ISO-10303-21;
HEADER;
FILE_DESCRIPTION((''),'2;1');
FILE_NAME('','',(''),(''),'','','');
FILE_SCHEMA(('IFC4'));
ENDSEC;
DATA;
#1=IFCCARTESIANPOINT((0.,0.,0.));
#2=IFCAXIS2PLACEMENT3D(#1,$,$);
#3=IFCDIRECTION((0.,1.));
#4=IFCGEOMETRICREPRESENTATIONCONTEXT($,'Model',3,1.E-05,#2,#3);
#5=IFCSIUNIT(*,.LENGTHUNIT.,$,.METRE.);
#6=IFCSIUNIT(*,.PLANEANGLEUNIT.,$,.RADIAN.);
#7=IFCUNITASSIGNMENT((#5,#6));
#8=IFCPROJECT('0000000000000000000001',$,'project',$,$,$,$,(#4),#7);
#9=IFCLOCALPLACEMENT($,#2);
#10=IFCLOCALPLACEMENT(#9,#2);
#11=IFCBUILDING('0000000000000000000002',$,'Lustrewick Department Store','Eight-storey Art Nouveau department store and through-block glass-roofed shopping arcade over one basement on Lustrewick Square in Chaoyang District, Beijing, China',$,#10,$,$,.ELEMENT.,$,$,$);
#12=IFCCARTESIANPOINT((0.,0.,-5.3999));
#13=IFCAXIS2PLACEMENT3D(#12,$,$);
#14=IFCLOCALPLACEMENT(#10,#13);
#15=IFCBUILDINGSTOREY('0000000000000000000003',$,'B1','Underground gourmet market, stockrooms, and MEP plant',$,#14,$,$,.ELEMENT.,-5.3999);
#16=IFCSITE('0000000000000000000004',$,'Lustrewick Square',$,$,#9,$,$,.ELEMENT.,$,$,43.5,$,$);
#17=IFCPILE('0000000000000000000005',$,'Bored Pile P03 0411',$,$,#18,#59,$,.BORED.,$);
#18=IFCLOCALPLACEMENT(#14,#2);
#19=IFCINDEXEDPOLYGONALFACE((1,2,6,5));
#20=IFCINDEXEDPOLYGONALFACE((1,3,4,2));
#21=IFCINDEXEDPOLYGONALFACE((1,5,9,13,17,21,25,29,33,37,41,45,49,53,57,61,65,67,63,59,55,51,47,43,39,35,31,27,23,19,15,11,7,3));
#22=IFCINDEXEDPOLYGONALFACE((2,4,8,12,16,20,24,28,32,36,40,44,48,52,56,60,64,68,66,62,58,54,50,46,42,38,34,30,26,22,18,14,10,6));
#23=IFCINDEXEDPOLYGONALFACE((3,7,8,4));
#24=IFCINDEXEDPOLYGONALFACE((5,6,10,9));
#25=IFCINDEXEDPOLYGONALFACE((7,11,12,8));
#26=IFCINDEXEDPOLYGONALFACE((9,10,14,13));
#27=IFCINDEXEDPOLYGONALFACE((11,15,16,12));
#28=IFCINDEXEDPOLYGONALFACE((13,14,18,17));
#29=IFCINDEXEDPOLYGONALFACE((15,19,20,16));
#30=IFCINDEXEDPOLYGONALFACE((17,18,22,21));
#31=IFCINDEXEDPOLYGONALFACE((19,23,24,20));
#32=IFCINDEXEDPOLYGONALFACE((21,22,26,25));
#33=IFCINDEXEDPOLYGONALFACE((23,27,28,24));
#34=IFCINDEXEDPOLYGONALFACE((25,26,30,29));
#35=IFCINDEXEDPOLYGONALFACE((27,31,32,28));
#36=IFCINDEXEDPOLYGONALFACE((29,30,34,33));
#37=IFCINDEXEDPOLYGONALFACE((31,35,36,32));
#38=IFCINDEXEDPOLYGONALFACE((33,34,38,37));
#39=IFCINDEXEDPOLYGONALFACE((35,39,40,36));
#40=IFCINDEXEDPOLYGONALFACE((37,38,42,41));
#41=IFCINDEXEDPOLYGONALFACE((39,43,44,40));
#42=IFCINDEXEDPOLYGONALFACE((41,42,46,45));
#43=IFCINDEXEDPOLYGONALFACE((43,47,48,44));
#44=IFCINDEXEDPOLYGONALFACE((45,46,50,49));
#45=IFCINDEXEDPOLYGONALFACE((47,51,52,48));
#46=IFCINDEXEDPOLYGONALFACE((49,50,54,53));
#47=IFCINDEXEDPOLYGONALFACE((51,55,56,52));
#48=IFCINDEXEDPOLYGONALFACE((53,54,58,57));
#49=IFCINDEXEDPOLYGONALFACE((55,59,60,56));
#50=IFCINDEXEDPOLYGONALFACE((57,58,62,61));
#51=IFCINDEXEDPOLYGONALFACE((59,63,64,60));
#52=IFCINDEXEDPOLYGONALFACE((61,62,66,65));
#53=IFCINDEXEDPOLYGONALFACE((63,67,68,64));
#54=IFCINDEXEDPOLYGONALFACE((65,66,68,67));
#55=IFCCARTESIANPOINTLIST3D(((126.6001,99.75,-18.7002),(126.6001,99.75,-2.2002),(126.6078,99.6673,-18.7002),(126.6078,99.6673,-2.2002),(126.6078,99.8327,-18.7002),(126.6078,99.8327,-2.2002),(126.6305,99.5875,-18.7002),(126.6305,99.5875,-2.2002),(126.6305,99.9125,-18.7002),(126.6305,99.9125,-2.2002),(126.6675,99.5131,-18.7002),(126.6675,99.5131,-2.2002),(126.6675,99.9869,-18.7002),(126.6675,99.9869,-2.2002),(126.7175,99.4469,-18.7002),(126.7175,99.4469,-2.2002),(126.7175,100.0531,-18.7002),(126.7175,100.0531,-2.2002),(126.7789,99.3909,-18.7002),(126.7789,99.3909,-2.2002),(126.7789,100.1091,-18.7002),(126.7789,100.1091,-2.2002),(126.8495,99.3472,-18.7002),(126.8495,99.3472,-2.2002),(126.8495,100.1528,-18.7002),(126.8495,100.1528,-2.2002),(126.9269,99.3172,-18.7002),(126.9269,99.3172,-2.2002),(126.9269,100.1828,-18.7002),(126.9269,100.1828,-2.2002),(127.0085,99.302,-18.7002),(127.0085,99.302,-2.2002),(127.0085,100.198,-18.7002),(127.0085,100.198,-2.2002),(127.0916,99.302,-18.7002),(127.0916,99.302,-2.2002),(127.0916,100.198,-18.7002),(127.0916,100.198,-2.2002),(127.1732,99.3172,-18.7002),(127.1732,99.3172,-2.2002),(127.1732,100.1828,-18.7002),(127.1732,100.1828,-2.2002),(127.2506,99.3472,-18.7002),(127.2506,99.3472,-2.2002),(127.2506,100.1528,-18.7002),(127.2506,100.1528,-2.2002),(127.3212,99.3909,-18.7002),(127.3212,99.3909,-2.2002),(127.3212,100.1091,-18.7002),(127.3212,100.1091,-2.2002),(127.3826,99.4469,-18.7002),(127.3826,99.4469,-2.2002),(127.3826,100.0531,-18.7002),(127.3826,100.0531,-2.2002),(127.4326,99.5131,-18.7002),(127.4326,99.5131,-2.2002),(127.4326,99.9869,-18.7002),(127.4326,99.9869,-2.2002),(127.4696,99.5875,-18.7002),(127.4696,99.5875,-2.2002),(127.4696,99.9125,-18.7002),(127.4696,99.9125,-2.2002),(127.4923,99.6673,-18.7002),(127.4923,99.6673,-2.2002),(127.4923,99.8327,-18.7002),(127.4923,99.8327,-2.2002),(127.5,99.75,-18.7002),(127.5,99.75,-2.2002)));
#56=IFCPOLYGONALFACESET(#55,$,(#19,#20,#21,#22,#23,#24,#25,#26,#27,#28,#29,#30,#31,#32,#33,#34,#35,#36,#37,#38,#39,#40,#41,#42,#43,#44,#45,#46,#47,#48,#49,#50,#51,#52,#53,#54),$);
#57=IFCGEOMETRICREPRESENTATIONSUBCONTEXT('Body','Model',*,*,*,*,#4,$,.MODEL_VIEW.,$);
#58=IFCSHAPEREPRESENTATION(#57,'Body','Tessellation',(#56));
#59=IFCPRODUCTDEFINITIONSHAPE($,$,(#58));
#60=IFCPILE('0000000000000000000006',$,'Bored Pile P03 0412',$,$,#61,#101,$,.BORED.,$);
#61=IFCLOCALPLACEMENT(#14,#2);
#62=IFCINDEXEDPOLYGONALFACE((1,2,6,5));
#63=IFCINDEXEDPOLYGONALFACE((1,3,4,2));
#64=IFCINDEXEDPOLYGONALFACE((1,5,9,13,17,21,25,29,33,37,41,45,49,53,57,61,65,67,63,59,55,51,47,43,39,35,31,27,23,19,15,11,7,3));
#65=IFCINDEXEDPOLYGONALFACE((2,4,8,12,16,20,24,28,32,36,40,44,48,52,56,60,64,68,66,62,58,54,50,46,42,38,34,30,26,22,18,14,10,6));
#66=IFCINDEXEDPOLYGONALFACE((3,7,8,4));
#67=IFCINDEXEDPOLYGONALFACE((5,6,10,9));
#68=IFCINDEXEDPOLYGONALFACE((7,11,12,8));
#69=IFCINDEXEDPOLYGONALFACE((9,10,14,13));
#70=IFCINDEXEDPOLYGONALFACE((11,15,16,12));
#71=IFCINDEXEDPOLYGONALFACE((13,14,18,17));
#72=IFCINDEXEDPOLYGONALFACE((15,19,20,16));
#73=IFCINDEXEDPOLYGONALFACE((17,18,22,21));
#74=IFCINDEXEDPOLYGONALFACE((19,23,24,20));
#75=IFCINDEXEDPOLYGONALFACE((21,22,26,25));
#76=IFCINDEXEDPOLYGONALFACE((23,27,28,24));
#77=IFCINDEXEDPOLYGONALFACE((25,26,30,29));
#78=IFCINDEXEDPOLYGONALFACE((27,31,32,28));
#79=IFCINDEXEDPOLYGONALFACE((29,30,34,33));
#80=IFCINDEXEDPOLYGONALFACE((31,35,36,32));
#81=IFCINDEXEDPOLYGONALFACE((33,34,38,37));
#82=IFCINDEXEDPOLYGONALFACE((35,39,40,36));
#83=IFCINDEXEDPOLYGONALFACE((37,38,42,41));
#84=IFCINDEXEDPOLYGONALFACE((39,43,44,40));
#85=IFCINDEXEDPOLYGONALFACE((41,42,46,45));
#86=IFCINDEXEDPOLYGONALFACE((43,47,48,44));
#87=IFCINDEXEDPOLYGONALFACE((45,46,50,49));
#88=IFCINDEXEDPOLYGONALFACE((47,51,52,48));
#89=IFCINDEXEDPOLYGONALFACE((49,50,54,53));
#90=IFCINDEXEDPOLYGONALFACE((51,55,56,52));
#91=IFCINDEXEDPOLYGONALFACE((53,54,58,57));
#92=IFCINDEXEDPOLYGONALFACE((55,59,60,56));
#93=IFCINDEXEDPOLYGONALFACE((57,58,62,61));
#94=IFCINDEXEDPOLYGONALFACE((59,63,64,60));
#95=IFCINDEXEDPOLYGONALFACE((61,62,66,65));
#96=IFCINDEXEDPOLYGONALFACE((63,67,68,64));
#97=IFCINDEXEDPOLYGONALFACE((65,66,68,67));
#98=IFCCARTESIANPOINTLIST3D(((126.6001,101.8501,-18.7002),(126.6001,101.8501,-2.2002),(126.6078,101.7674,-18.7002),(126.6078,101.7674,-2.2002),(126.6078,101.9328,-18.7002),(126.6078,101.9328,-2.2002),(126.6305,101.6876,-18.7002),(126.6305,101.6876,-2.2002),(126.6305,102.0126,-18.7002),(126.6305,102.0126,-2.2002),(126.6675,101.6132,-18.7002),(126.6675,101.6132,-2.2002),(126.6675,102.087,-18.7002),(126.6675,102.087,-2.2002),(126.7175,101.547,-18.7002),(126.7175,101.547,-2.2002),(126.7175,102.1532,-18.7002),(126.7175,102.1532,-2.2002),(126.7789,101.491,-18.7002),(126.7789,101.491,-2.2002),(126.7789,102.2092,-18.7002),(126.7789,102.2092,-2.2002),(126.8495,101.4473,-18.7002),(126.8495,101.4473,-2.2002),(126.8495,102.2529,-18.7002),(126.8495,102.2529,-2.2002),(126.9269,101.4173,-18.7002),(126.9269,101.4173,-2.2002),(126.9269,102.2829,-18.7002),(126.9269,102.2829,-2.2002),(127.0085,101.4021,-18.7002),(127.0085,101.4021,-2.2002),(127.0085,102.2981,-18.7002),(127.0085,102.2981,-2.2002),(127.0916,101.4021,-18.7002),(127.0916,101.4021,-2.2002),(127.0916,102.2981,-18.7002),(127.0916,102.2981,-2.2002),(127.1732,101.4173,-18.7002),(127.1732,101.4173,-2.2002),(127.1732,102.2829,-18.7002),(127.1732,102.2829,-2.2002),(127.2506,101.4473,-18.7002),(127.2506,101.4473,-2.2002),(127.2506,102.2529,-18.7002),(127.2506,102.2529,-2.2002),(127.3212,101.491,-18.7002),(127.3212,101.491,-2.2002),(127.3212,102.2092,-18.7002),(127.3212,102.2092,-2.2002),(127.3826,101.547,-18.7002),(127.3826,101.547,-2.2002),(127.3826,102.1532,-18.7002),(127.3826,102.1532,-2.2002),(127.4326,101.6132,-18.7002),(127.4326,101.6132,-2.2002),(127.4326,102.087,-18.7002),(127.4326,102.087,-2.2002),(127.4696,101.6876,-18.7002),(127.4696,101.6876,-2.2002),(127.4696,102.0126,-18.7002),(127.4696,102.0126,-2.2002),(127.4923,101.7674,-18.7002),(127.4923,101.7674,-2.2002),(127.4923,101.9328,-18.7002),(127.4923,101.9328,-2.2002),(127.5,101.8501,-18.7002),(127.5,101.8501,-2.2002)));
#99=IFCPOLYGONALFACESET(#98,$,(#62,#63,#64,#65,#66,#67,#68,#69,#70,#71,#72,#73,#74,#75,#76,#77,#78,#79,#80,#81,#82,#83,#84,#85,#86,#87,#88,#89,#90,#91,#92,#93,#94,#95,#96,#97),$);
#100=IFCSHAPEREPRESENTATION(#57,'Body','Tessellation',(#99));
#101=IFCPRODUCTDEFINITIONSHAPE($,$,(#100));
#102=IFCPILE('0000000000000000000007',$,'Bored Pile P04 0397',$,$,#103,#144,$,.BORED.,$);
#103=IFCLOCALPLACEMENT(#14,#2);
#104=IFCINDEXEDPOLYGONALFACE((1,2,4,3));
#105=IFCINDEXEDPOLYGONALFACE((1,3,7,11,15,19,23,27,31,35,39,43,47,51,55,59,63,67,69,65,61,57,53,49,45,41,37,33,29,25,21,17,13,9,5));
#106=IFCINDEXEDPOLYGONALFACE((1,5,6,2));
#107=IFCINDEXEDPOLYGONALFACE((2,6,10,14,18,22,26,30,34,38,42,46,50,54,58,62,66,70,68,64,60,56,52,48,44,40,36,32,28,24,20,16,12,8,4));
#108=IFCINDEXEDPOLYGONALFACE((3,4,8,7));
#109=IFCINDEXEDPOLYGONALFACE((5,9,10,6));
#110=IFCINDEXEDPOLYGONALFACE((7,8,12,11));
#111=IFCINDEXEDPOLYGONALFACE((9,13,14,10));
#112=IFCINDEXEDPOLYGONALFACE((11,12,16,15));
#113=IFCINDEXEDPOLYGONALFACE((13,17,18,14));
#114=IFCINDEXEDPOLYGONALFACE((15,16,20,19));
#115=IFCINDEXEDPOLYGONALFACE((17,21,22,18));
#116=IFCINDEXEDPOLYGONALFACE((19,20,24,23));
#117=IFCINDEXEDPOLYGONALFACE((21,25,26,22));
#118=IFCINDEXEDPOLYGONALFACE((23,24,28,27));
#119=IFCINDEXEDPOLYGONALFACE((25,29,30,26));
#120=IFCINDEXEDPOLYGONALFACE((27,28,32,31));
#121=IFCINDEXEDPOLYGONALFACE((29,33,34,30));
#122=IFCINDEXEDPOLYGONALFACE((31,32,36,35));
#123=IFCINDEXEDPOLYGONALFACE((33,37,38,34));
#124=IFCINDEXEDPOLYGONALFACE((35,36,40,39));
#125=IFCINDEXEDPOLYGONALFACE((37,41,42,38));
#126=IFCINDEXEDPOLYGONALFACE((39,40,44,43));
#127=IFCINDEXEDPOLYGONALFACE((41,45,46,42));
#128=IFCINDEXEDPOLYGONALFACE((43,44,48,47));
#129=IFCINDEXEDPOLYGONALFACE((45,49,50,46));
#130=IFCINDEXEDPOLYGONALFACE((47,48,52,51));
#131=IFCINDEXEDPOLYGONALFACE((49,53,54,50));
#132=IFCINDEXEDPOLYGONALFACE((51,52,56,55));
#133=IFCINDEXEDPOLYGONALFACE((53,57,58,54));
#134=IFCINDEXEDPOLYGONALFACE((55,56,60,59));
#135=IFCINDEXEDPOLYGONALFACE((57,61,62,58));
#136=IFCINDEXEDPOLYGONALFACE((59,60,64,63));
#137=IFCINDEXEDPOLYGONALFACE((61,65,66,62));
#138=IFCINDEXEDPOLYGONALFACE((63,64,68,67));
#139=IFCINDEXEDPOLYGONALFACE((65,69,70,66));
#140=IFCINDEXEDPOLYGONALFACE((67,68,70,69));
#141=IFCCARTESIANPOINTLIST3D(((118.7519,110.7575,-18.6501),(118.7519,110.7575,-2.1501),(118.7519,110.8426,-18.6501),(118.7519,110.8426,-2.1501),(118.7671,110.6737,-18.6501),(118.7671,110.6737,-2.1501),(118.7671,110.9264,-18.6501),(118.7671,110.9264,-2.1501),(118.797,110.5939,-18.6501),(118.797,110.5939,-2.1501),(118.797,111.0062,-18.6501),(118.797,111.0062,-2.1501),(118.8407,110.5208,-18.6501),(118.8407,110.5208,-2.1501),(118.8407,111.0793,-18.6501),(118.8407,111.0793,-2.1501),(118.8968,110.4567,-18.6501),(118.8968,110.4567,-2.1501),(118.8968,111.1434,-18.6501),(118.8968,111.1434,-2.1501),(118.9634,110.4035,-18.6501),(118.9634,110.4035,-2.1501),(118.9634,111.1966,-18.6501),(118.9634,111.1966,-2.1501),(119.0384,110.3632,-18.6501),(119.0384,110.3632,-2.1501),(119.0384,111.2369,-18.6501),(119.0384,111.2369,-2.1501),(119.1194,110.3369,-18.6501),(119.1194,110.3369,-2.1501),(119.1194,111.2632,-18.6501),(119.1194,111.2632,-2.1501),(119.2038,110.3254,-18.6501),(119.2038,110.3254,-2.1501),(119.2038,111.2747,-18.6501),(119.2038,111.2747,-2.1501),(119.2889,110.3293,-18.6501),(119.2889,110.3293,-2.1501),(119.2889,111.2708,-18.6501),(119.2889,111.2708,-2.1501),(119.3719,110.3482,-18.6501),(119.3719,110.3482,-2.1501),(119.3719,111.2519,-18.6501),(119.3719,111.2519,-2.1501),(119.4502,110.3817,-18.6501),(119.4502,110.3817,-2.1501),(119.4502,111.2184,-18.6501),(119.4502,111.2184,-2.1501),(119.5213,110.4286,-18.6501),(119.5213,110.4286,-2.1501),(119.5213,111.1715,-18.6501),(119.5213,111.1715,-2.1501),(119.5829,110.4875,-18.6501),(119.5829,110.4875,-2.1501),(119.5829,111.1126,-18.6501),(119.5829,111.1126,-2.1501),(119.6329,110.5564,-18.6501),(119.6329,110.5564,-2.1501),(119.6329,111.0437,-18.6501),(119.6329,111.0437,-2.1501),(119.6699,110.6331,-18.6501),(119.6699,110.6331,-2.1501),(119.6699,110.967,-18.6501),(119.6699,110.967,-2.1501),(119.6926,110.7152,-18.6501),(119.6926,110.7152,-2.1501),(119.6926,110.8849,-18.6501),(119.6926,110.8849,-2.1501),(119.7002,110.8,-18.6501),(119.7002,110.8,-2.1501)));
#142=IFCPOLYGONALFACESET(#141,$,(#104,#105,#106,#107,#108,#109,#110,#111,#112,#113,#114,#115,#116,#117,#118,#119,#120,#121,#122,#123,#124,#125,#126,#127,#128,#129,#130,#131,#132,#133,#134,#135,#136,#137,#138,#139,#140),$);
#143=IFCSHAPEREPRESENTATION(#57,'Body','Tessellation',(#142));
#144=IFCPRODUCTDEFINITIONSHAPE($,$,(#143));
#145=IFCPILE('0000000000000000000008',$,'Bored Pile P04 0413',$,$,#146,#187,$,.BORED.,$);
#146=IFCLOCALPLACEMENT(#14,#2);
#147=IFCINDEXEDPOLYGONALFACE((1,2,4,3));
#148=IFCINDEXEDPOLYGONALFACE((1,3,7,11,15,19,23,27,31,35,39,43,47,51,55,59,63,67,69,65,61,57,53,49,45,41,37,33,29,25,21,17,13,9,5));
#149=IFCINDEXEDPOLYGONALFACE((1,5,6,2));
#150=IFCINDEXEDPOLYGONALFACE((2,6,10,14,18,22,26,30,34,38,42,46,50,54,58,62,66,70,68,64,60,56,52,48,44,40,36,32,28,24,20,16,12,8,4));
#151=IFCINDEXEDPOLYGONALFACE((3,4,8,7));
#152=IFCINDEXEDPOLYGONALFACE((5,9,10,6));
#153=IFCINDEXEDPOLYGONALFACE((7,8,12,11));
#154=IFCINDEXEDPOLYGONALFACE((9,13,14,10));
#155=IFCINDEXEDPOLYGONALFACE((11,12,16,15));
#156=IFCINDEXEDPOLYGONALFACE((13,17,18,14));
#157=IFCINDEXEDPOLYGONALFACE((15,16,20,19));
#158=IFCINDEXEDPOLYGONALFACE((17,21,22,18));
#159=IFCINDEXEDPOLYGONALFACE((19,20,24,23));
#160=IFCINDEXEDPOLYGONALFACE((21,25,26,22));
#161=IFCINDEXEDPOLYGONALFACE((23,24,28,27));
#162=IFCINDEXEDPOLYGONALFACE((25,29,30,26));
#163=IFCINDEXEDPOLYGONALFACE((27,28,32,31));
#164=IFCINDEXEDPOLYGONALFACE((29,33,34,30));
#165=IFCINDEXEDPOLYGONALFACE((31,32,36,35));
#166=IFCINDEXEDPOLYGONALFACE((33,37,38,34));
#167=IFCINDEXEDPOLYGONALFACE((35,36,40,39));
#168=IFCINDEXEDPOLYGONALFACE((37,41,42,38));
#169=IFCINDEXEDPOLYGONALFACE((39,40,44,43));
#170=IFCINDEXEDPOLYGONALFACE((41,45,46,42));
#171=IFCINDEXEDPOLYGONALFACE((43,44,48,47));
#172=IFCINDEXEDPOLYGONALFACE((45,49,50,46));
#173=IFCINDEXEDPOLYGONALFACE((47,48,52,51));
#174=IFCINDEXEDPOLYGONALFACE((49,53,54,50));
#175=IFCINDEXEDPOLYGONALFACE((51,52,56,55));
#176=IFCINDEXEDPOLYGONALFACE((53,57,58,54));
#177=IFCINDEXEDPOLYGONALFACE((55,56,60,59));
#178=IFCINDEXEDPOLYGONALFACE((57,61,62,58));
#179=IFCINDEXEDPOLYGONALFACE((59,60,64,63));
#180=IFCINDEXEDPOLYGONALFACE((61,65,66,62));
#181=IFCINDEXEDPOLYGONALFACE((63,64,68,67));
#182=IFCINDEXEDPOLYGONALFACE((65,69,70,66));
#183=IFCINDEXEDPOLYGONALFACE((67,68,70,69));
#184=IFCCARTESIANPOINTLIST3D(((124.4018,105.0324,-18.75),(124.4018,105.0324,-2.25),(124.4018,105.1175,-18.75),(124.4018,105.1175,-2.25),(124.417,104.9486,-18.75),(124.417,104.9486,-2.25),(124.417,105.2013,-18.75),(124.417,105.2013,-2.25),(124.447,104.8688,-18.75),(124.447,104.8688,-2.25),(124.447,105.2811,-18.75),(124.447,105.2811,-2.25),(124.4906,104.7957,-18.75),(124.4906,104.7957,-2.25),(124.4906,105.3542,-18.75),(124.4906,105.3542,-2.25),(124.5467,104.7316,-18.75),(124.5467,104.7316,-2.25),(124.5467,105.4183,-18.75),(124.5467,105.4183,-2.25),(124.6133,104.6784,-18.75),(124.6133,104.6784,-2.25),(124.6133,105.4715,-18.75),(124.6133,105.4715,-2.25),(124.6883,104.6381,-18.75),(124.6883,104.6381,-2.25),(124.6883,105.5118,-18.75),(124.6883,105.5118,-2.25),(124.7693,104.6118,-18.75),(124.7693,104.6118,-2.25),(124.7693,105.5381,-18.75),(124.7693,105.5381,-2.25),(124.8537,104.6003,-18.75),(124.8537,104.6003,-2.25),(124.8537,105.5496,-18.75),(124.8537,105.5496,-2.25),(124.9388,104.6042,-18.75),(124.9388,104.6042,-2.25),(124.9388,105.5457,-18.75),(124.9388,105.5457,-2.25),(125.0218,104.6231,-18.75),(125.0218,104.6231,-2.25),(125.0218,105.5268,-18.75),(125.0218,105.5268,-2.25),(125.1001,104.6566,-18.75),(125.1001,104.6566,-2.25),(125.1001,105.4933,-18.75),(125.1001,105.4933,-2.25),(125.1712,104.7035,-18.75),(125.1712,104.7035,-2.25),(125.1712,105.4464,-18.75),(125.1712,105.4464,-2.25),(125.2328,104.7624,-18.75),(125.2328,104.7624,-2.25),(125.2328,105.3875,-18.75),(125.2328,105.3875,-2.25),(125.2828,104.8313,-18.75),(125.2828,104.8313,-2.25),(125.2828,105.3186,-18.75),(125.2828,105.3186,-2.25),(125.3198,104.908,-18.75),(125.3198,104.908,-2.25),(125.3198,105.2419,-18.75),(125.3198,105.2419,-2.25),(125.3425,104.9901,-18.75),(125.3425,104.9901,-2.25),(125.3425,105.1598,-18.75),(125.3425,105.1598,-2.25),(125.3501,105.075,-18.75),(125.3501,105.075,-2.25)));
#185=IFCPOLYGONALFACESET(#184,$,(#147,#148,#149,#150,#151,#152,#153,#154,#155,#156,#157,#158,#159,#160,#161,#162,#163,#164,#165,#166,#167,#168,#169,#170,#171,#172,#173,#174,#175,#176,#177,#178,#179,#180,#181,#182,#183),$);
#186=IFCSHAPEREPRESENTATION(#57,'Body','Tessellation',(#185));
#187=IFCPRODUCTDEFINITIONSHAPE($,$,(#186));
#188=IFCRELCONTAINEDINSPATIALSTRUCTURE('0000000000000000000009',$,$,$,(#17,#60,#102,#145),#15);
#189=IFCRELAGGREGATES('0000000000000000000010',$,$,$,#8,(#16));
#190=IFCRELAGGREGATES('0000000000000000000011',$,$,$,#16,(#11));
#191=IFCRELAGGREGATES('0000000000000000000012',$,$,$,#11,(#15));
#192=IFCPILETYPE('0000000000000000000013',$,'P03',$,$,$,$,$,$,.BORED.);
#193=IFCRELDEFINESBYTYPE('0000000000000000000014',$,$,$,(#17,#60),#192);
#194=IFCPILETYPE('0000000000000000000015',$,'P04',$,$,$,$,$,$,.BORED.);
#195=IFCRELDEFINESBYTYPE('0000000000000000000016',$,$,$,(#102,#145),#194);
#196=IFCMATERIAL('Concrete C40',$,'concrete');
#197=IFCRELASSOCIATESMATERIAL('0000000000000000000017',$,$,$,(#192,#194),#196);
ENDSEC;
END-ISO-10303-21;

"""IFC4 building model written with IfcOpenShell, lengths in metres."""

from ifc_helpers import new_model, si_unit, direction, frame, origin, origin_2d, place, context, subcontext, project, spatial, circle, extrude, material, material_profile, profile_set, type_object, element, save


model = new_model("IFC4")

# Units and contexts
model_context = context("Model", 3, precision=1e-05, world=origin(), true_north=direction((0.0, 1.0)))
body_context = subcontext(model_context, "Body", "Model", "MODEL_VIEW")
ifc_project = project(units=[si_unit("LENGTHUNIT", "METRE"), si_unit("PLANEANGLEUNIT", "RADIAN")], contexts=[model_context])

# Site, building, storey
site_placement = place(None, origin())
site = spatial("IfcSite", under=ifc_project, at=site_placement, Name="Lustrewick Square", CompositionType="ELEMENT", RefElevation=43.5)
building_placement = place(site_placement, origin())
building = spatial("IfcBuilding", under=site, at=building_placement, Name="Lustrewick Department Store", Description="Eight-storey Art Nouveau department store and through-block glass-roofed shopping arcade over one basement on Lustrewick Square in Chaoyang District, Beijing, China", CompositionType="ELEMENT")
storey_placement = place(building_placement, frame((0.0, 0.0, -5.3999)))
storey = spatial("IfcBuildingStorey", under=building, at=storey_placement, Name="B1", Description="Underground gourmet market, stockrooms, and MEP plant", CompositionType="ELEMENT", Elevation=-5.3999)

# Piles
ifc_material_1 = material(Name="Concrete C40", Category="concrete")
ifc_material_profile_1 = material_profile(ifc_material_1, circle(Radius=0.45, at=origin_2d()), Name="PILE D900")
ifc_profile_set_1 = profile_set([ifc_material_profile_1], Name="Concrete C40")
pile_type_1 = type_object("IfcPileType", Name="P03", PredefinedType="BORED", material=ifc_profile_set_1)
for number, where, z_axis, x_axis, name in (
    (1, (127.05, 99.75, -2.2002), (0.0, 0.0, -1.0), (1.0, 0.0, 0.0), "Bored Pile P03 0411"),
    (2, (127.05, 101.8501, -2.2002), (0.0, 0.0, -1.0), (1.0, 0.0, 0.0), "Bored Pile P03 0412"),
):
    element("IfcPile", number, at=place(storey_placement, frame(where, z_axis=z_axis, x_axis=x_axis)), inside=storey, type_object=pile_type_1, Name=name, PredefinedType="BORED", context=body_context, shape_type="SweptSolid", body=[
        extrude(circle(Radius=0.45, at=origin_2d()), origin(), (0.0, 0.0, 1.0), 16.5),
    ])
ifc_material_profile_2 = material_profile(ifc_material_1, circle(Radius=0.4751, at=origin_2d()), Name="PILE D950")
ifc_profile_set_2 = profile_set([ifc_material_profile_2], Name="Concrete C40")
pile_type_2 = type_object("IfcPileType", Name="P04", PredefinedType="BORED", material=ifc_profile_set_2)
for number, where, z_axis, x_axis, name in (
    (3, (119.2251, 110.8, -2.1501), (0.0, 0.0, -1.0), (1.0, 0.0, 0.0), "Bored Pile P04 0397"),
    (4, (124.875, 105.075, -2.25), (0.0, 0.0, -1.0), (1.0, 0.0, 0.0), "Bored Pile P04 0413"),
):
    element("IfcPile", number, at=place(storey_placement, frame(where, z_axis=z_axis, x_axis=x_axis)), inside=storey, type_object=pile_type_2, Name=name, PredefinedType="BORED", context=body_context, shape_type="SweptSolid", body=[
        extrude(circle(Radius=0.4751, at=origin_2d()), origin(), (0.0, 0.0, 1.0), 16.5),
    ])

save(model, "model.ifc")
